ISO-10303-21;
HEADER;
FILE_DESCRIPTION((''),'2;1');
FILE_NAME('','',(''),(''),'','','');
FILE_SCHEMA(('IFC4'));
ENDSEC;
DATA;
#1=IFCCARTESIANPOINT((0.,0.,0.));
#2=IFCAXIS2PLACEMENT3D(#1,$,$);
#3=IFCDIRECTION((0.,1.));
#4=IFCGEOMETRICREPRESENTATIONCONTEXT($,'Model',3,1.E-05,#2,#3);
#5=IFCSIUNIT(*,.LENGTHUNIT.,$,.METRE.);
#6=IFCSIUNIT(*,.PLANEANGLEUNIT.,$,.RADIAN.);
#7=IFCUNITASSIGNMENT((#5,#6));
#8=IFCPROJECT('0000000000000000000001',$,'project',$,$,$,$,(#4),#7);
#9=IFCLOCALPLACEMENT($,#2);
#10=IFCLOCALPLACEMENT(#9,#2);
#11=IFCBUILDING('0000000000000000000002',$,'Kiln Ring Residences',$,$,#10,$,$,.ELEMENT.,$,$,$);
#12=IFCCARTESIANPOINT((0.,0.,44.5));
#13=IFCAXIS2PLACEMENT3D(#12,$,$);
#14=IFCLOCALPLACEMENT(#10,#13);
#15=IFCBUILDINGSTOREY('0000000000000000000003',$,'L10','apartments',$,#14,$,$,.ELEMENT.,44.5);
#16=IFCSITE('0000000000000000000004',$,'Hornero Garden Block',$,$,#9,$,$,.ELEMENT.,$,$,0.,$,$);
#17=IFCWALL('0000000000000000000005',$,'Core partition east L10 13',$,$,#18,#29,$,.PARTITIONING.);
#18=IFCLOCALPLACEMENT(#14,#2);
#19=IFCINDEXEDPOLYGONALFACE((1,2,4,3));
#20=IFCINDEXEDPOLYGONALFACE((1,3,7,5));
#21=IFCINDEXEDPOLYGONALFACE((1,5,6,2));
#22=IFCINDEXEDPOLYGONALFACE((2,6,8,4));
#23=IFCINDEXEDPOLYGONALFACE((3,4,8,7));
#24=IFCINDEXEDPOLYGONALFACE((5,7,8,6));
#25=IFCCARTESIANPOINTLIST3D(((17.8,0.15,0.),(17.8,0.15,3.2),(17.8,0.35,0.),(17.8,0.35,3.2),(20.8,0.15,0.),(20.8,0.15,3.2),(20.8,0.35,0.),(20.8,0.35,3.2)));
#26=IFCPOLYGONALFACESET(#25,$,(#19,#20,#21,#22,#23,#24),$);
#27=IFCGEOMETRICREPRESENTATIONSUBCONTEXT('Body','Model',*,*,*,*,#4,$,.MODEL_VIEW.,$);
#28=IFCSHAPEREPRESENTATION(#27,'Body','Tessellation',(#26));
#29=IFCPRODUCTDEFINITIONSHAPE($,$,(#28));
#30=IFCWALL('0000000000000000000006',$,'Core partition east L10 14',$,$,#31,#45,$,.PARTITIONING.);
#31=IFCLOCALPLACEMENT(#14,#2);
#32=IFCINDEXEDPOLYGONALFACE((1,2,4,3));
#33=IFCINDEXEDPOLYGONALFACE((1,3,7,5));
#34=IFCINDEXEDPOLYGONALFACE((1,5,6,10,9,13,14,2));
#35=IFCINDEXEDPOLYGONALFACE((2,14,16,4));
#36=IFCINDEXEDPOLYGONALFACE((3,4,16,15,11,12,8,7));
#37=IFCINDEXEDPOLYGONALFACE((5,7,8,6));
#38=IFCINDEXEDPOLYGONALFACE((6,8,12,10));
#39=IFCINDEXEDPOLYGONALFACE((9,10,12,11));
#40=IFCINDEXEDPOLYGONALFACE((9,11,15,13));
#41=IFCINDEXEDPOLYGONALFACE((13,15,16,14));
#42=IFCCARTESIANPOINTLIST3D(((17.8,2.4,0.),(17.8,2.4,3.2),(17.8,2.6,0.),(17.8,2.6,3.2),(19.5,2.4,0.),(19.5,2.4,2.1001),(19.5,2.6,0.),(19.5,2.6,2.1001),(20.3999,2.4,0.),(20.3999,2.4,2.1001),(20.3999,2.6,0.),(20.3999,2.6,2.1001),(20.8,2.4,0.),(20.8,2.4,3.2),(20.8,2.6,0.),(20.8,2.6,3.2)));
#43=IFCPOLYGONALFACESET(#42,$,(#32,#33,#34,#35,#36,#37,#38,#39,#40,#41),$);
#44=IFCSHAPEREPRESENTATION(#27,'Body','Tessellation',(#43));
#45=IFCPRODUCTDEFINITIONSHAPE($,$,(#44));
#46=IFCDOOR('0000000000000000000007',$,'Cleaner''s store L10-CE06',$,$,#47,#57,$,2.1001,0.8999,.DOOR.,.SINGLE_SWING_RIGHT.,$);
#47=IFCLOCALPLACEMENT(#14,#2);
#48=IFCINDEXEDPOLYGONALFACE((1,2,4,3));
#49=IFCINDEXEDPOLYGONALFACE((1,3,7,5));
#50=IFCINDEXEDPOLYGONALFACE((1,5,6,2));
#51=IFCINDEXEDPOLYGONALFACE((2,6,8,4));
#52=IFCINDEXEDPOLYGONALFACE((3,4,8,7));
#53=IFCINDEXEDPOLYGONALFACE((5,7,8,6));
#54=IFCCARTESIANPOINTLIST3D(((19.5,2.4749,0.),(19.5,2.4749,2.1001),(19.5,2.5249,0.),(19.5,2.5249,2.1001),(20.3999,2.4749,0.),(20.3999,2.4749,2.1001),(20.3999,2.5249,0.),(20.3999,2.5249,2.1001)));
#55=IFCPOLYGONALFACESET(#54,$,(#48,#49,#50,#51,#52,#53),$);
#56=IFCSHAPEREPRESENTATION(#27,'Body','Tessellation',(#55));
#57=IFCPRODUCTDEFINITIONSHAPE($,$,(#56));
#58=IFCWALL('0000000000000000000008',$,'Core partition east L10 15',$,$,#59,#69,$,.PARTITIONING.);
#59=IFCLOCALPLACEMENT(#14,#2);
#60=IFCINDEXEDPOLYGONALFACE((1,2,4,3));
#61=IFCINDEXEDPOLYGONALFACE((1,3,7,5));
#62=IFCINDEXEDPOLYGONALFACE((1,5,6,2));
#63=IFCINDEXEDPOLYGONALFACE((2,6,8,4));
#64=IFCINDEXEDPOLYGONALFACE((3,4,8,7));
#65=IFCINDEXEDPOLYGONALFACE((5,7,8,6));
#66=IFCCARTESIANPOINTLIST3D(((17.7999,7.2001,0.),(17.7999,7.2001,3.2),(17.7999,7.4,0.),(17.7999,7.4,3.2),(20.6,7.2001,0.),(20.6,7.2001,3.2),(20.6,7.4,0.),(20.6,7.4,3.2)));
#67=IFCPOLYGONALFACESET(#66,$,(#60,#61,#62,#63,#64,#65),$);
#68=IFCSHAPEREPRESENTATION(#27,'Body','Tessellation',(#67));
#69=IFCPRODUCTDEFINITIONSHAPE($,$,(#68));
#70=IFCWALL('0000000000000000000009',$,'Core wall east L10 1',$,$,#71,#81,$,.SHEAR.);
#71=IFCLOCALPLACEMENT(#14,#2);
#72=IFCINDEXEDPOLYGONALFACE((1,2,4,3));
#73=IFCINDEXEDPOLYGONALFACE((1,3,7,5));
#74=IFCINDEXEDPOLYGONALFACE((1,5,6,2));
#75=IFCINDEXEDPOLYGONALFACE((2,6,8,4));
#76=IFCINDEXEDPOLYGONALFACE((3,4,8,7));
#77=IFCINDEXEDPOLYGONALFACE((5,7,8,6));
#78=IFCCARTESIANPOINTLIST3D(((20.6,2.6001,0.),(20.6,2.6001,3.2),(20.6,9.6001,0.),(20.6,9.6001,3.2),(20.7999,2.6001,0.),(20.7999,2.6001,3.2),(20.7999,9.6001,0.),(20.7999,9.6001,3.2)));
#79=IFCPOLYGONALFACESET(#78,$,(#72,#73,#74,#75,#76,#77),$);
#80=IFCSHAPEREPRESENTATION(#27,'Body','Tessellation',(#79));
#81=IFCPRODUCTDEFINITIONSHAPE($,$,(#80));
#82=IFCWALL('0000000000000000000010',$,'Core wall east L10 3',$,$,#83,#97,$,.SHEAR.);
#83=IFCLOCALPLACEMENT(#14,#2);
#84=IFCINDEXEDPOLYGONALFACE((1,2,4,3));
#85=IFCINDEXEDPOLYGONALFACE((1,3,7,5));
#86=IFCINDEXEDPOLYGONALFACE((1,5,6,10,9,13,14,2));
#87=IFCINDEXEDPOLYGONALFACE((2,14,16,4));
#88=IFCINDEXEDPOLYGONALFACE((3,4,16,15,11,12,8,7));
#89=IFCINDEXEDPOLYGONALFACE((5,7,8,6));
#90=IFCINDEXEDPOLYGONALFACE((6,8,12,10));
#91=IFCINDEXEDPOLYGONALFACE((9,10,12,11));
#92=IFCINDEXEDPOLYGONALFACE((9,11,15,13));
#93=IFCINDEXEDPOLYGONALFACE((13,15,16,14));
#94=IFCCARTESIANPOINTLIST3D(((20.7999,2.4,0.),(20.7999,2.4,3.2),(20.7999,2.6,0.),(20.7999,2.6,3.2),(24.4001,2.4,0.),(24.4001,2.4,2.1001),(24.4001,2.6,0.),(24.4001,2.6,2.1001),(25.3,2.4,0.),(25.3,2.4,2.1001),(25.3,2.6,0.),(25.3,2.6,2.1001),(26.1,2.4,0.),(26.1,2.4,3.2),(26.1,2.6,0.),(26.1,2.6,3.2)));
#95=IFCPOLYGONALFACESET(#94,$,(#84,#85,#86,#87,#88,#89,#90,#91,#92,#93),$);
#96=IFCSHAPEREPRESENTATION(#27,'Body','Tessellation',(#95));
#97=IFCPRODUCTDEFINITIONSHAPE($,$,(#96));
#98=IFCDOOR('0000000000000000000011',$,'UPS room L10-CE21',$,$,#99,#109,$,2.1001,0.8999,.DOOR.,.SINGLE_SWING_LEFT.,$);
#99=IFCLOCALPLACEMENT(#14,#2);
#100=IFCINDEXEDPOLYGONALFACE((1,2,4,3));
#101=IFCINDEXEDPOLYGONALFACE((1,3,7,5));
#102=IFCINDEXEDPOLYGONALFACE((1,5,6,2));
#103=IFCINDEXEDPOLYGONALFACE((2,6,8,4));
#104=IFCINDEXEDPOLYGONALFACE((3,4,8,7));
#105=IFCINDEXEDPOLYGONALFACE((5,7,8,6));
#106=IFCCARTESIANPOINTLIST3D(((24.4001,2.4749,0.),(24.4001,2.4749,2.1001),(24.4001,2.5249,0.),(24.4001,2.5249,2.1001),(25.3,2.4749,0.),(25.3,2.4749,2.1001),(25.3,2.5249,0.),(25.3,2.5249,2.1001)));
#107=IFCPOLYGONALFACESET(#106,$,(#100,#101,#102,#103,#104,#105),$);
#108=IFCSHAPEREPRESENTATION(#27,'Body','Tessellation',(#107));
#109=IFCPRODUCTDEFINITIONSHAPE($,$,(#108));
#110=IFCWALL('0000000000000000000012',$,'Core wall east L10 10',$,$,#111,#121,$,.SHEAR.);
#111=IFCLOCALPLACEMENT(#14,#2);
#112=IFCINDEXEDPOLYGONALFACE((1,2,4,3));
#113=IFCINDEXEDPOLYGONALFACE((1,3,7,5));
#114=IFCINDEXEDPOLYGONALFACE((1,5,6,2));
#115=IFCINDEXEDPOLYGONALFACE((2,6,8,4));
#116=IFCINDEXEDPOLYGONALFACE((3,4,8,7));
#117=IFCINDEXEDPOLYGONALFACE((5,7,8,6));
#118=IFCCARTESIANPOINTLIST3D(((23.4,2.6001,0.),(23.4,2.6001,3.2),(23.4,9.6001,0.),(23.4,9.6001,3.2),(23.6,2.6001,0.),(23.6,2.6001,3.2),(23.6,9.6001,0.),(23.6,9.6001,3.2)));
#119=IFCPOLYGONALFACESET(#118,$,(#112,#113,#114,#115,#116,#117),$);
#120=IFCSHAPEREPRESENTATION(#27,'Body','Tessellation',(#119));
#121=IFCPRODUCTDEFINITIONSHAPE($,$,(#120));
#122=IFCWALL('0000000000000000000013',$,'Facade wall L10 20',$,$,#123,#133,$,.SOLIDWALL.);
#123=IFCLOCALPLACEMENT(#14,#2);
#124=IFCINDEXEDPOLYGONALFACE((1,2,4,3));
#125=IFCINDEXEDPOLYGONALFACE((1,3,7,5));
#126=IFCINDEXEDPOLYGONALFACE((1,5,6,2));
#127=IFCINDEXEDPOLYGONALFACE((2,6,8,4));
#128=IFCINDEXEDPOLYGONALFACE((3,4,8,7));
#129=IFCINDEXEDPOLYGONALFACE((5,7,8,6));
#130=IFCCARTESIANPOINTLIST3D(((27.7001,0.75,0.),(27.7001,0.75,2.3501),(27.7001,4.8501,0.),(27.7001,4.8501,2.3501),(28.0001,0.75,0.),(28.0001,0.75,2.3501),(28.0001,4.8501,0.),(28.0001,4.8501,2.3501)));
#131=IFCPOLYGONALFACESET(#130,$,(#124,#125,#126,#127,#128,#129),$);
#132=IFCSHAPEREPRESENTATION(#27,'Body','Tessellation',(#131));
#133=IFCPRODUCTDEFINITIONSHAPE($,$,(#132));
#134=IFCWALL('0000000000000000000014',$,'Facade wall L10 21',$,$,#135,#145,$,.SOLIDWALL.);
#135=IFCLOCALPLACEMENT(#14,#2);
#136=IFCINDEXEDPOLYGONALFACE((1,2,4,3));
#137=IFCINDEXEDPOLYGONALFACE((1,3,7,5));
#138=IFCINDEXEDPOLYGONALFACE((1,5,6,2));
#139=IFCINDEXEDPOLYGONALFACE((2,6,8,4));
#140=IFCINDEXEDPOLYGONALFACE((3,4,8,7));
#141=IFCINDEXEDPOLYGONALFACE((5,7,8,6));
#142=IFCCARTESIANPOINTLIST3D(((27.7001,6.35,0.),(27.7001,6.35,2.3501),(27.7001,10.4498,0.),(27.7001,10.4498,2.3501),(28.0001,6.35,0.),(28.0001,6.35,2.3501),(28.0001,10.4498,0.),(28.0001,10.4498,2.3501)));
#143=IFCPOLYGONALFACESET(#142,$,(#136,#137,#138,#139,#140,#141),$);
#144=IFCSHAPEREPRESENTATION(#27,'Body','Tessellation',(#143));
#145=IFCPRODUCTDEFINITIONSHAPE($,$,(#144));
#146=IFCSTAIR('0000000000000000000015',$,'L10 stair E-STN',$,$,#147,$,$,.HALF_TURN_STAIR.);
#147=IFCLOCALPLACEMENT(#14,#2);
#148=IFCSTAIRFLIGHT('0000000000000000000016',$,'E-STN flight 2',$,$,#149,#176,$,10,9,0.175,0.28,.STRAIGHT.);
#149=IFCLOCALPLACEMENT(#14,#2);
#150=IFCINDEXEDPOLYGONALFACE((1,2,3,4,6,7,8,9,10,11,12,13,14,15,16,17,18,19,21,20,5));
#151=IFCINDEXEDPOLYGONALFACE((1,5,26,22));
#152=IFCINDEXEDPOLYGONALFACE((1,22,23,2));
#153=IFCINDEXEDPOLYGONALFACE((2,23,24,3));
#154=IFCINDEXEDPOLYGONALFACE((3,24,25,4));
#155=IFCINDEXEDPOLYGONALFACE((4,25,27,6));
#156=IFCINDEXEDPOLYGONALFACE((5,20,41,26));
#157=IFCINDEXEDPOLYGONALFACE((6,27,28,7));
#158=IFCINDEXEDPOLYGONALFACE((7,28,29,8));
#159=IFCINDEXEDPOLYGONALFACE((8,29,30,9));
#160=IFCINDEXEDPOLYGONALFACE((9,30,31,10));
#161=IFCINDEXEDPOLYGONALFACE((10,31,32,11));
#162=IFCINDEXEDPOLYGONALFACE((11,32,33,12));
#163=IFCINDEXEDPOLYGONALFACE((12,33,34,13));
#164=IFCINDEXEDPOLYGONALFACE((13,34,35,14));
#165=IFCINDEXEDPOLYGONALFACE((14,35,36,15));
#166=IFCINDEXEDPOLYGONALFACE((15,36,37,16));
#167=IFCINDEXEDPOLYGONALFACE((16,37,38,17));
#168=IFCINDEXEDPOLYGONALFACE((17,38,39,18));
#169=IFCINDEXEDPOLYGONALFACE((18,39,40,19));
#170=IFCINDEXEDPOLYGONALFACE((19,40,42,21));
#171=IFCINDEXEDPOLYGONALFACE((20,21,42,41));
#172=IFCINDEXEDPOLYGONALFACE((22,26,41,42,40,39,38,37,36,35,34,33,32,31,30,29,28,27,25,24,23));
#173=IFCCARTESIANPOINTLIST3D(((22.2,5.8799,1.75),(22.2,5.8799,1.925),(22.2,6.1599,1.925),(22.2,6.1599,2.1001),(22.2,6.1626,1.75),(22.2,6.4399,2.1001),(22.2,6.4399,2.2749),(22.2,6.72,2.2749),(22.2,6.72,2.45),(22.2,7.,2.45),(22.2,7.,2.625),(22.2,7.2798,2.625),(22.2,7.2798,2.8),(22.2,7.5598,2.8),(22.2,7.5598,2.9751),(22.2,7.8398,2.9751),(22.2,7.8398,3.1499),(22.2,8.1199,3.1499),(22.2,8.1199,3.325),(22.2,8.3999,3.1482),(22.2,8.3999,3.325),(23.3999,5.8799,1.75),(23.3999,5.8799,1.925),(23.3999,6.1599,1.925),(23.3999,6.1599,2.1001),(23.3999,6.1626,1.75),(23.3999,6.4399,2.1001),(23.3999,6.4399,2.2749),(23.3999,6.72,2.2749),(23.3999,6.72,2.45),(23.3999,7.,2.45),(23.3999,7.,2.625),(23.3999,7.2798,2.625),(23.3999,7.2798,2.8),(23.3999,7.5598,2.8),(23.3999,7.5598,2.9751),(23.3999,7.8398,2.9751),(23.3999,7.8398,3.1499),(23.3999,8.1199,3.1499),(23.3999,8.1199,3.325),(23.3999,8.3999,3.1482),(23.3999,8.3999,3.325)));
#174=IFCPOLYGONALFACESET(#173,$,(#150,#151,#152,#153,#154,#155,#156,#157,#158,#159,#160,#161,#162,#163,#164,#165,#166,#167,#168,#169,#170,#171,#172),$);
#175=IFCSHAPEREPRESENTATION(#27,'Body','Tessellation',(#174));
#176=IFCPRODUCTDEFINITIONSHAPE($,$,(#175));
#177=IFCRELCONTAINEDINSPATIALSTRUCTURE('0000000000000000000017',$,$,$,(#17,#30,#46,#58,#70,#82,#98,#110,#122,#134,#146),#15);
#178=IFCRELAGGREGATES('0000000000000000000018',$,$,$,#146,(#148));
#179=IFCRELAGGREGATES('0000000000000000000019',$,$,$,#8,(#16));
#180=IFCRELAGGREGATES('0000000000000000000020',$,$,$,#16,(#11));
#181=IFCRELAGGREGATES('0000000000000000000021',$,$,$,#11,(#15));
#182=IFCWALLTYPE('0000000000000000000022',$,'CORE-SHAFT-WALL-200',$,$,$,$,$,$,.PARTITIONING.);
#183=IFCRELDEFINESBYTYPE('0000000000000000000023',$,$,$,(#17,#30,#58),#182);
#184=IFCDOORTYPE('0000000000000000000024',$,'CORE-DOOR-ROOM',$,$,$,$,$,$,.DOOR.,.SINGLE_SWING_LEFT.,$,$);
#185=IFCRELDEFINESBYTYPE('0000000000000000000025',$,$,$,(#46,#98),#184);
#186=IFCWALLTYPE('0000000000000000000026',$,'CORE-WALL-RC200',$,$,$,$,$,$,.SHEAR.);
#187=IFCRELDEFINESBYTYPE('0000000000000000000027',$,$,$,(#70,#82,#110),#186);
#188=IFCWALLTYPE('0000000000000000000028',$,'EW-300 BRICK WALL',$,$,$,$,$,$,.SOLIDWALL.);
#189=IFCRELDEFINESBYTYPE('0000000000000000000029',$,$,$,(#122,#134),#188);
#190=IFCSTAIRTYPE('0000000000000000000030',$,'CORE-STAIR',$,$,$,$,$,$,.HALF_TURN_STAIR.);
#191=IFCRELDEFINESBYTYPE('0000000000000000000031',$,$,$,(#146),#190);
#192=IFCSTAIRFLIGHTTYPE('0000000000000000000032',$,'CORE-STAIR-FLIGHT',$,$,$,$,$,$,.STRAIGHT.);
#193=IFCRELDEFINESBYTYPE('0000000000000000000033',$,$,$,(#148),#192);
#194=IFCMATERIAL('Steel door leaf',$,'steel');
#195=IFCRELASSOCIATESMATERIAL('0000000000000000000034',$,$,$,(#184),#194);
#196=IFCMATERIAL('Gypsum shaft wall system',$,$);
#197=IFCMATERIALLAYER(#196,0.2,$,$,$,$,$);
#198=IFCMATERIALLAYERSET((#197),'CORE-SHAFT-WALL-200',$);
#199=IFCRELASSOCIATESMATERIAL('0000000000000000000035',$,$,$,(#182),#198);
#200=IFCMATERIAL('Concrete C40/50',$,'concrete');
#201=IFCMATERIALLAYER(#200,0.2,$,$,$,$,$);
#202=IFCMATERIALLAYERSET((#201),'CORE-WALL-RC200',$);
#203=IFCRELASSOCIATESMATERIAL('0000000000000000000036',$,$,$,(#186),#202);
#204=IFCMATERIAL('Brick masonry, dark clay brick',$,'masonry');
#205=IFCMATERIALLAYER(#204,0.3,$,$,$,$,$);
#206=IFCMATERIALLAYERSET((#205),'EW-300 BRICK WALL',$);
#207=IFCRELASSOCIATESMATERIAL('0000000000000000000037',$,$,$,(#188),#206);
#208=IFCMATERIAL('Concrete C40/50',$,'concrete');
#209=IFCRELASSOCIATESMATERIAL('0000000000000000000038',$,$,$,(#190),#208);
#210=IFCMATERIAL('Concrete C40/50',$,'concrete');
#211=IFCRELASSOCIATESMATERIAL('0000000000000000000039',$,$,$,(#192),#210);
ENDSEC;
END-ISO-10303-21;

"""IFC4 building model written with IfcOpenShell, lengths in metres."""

from ifc_helpers import new_model, si_unit, direction, frame, frame_2d, origin, place, context, subcontext, project, spatial, polyline, rectangle, outline, extrude, material, layer, layer_set, type_object, element, fill, aggregate, save


model = new_model("IFC4")

# Units and contexts
model_context = context("Model", 3, precision=1e-05, world=origin(), true_north=direction((0.0, 1.0)))
body_context = subcontext(model_context, "Body", "Model", "MODEL_VIEW")
ifc_project = project(units=[si_unit("LENGTHUNIT", "METRE"), si_unit("PLANEANGLEUNIT", "RADIAN")], contexts=[model_context])

# Site, building, storey
site_placement = place(None, origin())
site = spatial("IfcSite", under=ifc_project, at=site_placement, Name="Hornero Garden Block", CompositionType="ELEMENT", RefElevation=0.0)
building_placement = place(site_placement, origin())
building = spatial("IfcBuilding", under=site, at=building_placement, Name="Kiln Ring Residences", CompositionType="ELEMENT")
storey_placement = place(building_placement, frame((0.0, 0.0, 44.5)))
storey = spatial("IfcBuildingStorey", under=building, at=storey_placement, Name="L10", Description="apartments", CompositionType="ELEMENT", Elevation=44.5)

# Shared definitions
ifc_material_1 = material(Name="Steel door leaf", Category="steel")
door_type = type_object("IfcDoorType", Name="CORE-DOOR-ROOM", OperationType="SINGLE_SWING_LEFT", PredefinedType="DOOR", material=ifc_material_1)

# Wall
ifc_material_2 = material(Name="Gypsum shaft wall system")
ifc_layer_1 = layer(ifc_material_2, 0.2)
ifc_layer_set_1 = layer_set([ifc_layer_1], Name="CORE-SHAFT-WALL-200")
wall_type_1 = type_object("IfcWallType", Name="CORE-SHAFT-WALL-200", PredefinedType="PARTITIONING", material=ifc_layer_set_1)
wall_1_placement = place(storey_placement, frame((17.8, 0.25, 0.0), z_axis=(0.0, 0.0, 1.0), x_axis=(1.0, 0.0, 0.0)))
element("IfcWall", 1, at=wall_1_placement, inside=storey, type_object=wall_type_1, Name="Core partition east L10 13", PredefinedType="PARTITIONING", context=body_context, shape_type="SweptSolid", body=[
    extrude(rectangle(XDim=3.0, YDim=0.2, at=frame_2d((1.5, 0.0))), origin(), (0.0, 0.0, 1.0), 3.2),
])

# Wall, opening, door
wall_2_placement = place(storey_placement, frame((17.8, 2.5, 0.0), z_axis=(0.0, 0.0, 1.0), x_axis=(1.0, 0.0, 0.0)))
wall_2 = element("IfcWall", 2, at=wall_2_placement, inside=storey, type_object=wall_type_1, Name="Core partition east L10 14", PredefinedType="PARTITIONING", context=body_context, shape_type="SweptSolid", body=[
    extrude(rectangle(XDim=3.0, YDim=0.2, at=frame_2d((1.5, 0.0))), origin(), (0.0, 0.0, 1.0), 3.2),
])
opening_1_placement = place(wall_2_placement, frame((1.7, 0.0, 0.0)))
opening_1 = element("IfcOpeningElement", 3, at=opening_1_placement, cuts=wall_2, PredefinedType="OPENING", context=body_context, shape_type="SweptSolid", body=[
    extrude(rectangle(XDim=0.8999, YDim=2.1001, at=frame_2d((0.45, 1.05))), frame((0.0, 0.1099, 0.0), z_axis=(0.0, -1.0, 0.0), x_axis=(1.0, 0.0, 0.0)), (0.0, 0.0, 1.0), 0.22),
])
door_1_placement = place(opening_1_placement, origin())
door_1 = element("IfcDoor", 4, at=door_1_placement, inside=storey, type_object=door_type, Name="Cleaner's store L10-CE06", OperationType="SINGLE_SWING_RIGHT", OverallHeight=2.1001, OverallWidth=0.8999, PredefinedType="DOOR", context=body_context, shape_type="SweptSolid", body=[
    extrude(rectangle(XDim=0.8999, YDim=2.1001, at=frame_2d((0.45, 1.05))), frame((0.0, 0.0249, 0.0), z_axis=(0.0, -1.0, 0.0), x_axis=(1.0, 0.0, 0.0)), (0.0, 0.0, 1.0), 0.05),
])
fill(opening_1, door_1)

# Walls
wall_3_placement = place(storey_placement, frame((17.8, 7.3, 0.0), z_axis=(0.0, 0.0, 1.0), x_axis=(1.0, 0.0, 0.0)))
element("IfcWall", 5, at=wall_3_placement, inside=storey, type_object=wall_type_1, Name="Core partition east L10 15", PredefinedType="PARTITIONING", context=body_context, shape_type="SweptSolid", body=[
    extrude(rectangle(XDim=2.8, YDim=0.2, at=frame_2d((1.3999, 0.0))), origin(), (0.0, 0.0, 1.0), 3.2),
])
ifc_material_3 = material(Name="Concrete C40/50", Category="concrete")
ifc_layer_2 = layer(ifc_material_3, 0.2)
ifc_layer_set_2 = layer_set([ifc_layer_2], Name="CORE-WALL-RC200")
wall_type_2 = type_object("IfcWallType", Name="CORE-WALL-RC200", PredefinedType="SHEAR", material=ifc_layer_set_2)
wall_4_placement = place(storey_placement, frame((20.7, 2.6001, 0.0), z_axis=(0.0, 0.0, 1.0), x_axis=(0.0, 1.0, 0.0)))
element("IfcWall", 6, at=wall_4_placement, inside=storey, type_object=wall_type_2, Name="Core wall east L10 1", PredefinedType="SHEAR", context=body_context, shape_type="SweptSolid", body=[
    extrude(rectangle(XDim=7.0, YDim=0.2, at=frame_2d((3.5, 0.0))), origin(), (0.0, 0.0, 1.0), 3.2),
])

# Wall, opening, door
wall_5_placement = place(storey_placement, frame((20.8, 2.5, 0.0), z_axis=(0.0, 0.0, 1.0), x_axis=(1.0, 0.0, 0.0)))
wall_5 = element("IfcWall", 7, at=wall_5_placement, inside=storey, type_object=wall_type_2, Name="Core wall east L10 3", PredefinedType="SHEAR", context=body_context, shape_type="SweptSolid", body=[
    extrude(rectangle(XDim=5.3, YDim=0.2, at=frame_2d((2.6499, 0.0))), origin(), (0.0, 0.0, 1.0), 3.2),
])
opening_2_placement = place(wall_5_placement, frame((3.6001, 0.0, 0.0)))
opening_2 = element("IfcOpeningElement", 8, at=opening_2_placement, cuts=wall_5, PredefinedType="OPENING", context=body_context, shape_type="SweptSolid", body=[
    extrude(rectangle(XDim=0.8999, YDim=2.1001, at=frame_2d((0.45, 1.05))), frame((0.0, 0.1099, 0.0), z_axis=(0.0, -1.0, 0.0), x_axis=(1.0, 0.0, 0.0)), (0.0, 0.0, 1.0), 0.22),
])
door_2_placement = place(opening_2_placement, origin())
door_2 = element("IfcDoor", 9, at=door_2_placement, inside=storey, type_object=door_type, Name="UPS room L10-CE21", OperationType="SINGLE_SWING_LEFT", OverallHeight=2.1001, OverallWidth=0.8999, PredefinedType="DOOR", context=body_context, shape_type="SweptSolid", body=[
    extrude(rectangle(XDim=0.8999, YDim=2.1001, at=frame_2d((0.45, 1.05))), frame((0.0, 0.0249, 0.0), z_axis=(0.0, -1.0, 0.0), x_axis=(1.0, 0.0, 0.0)), (0.0, 0.0, 1.0), 0.05),
])
fill(opening_2, door_2)

# Walls
wall_6_placement = place(storey_placement, frame((23.5, 2.6001, 0.0), z_axis=(0.0, 0.0, 1.0), x_axis=(0.0, 1.0, 0.0)))
element("IfcWall", 10, at=wall_6_placement, inside=storey, type_object=wall_type_2, Name="Core wall east L10 10", PredefinedType="SHEAR", context=body_context, shape_type="SweptSolid", body=[
    extrude(rectangle(XDim=7.0, YDim=0.2, at=frame_2d((3.5, 0.0))), origin(), (0.0, 0.0, 1.0), 3.2),
])
ifc_material_4 = material(Name="Brick masonry, dark clay brick", Category="masonry")
ifc_layer_3 = layer(ifc_material_4, 0.3)
ifc_layer_set_3 = layer_set([ifc_layer_3], Name="EW-300 BRICK WALL")
wall_type_3 = type_object("IfcWallType", Name="EW-300 BRICK WALL", PredefinedType="SOLIDWALL", material=ifc_layer_set_3)
wall_7_placement = place(storey_placement, frame((27.8501, 0.75, 0.0), z_axis=(0.0, 0.0, 1.0), x_axis=(0.0, 1.0, 0.0)))
element("IfcWall", 11, at=wall_7_placement, inside=storey, type_object=wall_type_3, Name="Facade wall L10 20", PredefinedType="SOLIDWALL", context=body_context, shape_type="SweptSolid", body=[
    extrude(rectangle(XDim=4.1001, YDim=0.3, at=frame_2d((2.05, 0.0))), origin(), (0.0, 0.0, 1.0), 2.3501),
])
wall_8_placement = place(storey_placement, frame((27.8501, 6.3501, 0.0), z_axis=(0.0, 0.0, 1.0), x_axis=(0.0, 1.0, 0.0)))
element("IfcWall", 12, at=wall_8_placement, inside=storey, type_object=wall_type_3, Name="Facade wall L10 21", PredefinedType="SOLIDWALL", context=body_context, shape_type="SweptSolid", body=[
    extrude(rectangle(XDim=4.0999, YDim=0.3, at=frame_2d((2.0498, 0.0))), origin(), (0.0, 0.0, 1.0), 2.3501),
])

# Stair, stair flight
ifc_material_5 = material(Name="Concrete C40/50", Category="concrete")
stair_type = type_object("IfcStairType", Name="CORE-STAIR", PredefinedType="HALF_TURN_STAIR", material=ifc_material_5)
stair_placement = place(storey_placement, origin())
stair = element("IfcStair", 13, at=stair_placement, inside=storey, type_object=stair_type, Name="L10 stair E-STN", PredefinedType="HALF_TURN_STAIR")
ifc_material_6 = material(Name="Concrete C40/50", Category="concrete")
stair_flight_type = type_object("IfcStairFlightType", Name="CORE-STAIR-FLIGHT", PredefinedType="STRAIGHT", material=ifc_material_6)
stair_flight_placement = place(storey_placement, frame((22.8, 5.8799, 1.75), z_axis=(0.0, 0.0, 1.0), x_axis=(0.0, 1.0, 0.0)))
stair_flight = element("IfcStairFlight", 14, at=stair_flight_placement, type_object=stair_flight_type, Name="E-STN flight 2", NumberOfRisers=10, NumberOfTreads=9, PredefinedType="STRAIGHT", RiserHeight=0.175, TreadLength=0.28, context=body_context, shape_type="SweptSolid", body=[
    extrude(outline(polyline([(0.0, 0.0), (0.0, 0.175), (0.28, 0.175), (0.28, 0.3501), (0.5601, 0.3501), (0.5601, 0.5249), (0.8401, 0.5249), (0.8401, 0.7), (1.1201, 0.7), (1.1201, 0.875), (1.3999, 0.875), (1.3999, 1.05), (1.6799, 1.05), (1.6799, 1.2251), (1.96, 1.2251), (1.96, 1.3999), (2.24, 1.3999), (2.24, 1.575), (2.52, 1.575), (2.52, 1.75), (2.52, 1.3982), (0.2827, 0.0), (0.0, 0.0)])), frame((0.0, 0.6001, 0.0), z_axis=(0.0, -1.0, 0.0), x_axis=(1.0, 0.0, 0.0)), (0.0, 0.0, 1.0), 1.2),
])
aggregate(stair, [stair_flight])

save(model, "model.ifc")
